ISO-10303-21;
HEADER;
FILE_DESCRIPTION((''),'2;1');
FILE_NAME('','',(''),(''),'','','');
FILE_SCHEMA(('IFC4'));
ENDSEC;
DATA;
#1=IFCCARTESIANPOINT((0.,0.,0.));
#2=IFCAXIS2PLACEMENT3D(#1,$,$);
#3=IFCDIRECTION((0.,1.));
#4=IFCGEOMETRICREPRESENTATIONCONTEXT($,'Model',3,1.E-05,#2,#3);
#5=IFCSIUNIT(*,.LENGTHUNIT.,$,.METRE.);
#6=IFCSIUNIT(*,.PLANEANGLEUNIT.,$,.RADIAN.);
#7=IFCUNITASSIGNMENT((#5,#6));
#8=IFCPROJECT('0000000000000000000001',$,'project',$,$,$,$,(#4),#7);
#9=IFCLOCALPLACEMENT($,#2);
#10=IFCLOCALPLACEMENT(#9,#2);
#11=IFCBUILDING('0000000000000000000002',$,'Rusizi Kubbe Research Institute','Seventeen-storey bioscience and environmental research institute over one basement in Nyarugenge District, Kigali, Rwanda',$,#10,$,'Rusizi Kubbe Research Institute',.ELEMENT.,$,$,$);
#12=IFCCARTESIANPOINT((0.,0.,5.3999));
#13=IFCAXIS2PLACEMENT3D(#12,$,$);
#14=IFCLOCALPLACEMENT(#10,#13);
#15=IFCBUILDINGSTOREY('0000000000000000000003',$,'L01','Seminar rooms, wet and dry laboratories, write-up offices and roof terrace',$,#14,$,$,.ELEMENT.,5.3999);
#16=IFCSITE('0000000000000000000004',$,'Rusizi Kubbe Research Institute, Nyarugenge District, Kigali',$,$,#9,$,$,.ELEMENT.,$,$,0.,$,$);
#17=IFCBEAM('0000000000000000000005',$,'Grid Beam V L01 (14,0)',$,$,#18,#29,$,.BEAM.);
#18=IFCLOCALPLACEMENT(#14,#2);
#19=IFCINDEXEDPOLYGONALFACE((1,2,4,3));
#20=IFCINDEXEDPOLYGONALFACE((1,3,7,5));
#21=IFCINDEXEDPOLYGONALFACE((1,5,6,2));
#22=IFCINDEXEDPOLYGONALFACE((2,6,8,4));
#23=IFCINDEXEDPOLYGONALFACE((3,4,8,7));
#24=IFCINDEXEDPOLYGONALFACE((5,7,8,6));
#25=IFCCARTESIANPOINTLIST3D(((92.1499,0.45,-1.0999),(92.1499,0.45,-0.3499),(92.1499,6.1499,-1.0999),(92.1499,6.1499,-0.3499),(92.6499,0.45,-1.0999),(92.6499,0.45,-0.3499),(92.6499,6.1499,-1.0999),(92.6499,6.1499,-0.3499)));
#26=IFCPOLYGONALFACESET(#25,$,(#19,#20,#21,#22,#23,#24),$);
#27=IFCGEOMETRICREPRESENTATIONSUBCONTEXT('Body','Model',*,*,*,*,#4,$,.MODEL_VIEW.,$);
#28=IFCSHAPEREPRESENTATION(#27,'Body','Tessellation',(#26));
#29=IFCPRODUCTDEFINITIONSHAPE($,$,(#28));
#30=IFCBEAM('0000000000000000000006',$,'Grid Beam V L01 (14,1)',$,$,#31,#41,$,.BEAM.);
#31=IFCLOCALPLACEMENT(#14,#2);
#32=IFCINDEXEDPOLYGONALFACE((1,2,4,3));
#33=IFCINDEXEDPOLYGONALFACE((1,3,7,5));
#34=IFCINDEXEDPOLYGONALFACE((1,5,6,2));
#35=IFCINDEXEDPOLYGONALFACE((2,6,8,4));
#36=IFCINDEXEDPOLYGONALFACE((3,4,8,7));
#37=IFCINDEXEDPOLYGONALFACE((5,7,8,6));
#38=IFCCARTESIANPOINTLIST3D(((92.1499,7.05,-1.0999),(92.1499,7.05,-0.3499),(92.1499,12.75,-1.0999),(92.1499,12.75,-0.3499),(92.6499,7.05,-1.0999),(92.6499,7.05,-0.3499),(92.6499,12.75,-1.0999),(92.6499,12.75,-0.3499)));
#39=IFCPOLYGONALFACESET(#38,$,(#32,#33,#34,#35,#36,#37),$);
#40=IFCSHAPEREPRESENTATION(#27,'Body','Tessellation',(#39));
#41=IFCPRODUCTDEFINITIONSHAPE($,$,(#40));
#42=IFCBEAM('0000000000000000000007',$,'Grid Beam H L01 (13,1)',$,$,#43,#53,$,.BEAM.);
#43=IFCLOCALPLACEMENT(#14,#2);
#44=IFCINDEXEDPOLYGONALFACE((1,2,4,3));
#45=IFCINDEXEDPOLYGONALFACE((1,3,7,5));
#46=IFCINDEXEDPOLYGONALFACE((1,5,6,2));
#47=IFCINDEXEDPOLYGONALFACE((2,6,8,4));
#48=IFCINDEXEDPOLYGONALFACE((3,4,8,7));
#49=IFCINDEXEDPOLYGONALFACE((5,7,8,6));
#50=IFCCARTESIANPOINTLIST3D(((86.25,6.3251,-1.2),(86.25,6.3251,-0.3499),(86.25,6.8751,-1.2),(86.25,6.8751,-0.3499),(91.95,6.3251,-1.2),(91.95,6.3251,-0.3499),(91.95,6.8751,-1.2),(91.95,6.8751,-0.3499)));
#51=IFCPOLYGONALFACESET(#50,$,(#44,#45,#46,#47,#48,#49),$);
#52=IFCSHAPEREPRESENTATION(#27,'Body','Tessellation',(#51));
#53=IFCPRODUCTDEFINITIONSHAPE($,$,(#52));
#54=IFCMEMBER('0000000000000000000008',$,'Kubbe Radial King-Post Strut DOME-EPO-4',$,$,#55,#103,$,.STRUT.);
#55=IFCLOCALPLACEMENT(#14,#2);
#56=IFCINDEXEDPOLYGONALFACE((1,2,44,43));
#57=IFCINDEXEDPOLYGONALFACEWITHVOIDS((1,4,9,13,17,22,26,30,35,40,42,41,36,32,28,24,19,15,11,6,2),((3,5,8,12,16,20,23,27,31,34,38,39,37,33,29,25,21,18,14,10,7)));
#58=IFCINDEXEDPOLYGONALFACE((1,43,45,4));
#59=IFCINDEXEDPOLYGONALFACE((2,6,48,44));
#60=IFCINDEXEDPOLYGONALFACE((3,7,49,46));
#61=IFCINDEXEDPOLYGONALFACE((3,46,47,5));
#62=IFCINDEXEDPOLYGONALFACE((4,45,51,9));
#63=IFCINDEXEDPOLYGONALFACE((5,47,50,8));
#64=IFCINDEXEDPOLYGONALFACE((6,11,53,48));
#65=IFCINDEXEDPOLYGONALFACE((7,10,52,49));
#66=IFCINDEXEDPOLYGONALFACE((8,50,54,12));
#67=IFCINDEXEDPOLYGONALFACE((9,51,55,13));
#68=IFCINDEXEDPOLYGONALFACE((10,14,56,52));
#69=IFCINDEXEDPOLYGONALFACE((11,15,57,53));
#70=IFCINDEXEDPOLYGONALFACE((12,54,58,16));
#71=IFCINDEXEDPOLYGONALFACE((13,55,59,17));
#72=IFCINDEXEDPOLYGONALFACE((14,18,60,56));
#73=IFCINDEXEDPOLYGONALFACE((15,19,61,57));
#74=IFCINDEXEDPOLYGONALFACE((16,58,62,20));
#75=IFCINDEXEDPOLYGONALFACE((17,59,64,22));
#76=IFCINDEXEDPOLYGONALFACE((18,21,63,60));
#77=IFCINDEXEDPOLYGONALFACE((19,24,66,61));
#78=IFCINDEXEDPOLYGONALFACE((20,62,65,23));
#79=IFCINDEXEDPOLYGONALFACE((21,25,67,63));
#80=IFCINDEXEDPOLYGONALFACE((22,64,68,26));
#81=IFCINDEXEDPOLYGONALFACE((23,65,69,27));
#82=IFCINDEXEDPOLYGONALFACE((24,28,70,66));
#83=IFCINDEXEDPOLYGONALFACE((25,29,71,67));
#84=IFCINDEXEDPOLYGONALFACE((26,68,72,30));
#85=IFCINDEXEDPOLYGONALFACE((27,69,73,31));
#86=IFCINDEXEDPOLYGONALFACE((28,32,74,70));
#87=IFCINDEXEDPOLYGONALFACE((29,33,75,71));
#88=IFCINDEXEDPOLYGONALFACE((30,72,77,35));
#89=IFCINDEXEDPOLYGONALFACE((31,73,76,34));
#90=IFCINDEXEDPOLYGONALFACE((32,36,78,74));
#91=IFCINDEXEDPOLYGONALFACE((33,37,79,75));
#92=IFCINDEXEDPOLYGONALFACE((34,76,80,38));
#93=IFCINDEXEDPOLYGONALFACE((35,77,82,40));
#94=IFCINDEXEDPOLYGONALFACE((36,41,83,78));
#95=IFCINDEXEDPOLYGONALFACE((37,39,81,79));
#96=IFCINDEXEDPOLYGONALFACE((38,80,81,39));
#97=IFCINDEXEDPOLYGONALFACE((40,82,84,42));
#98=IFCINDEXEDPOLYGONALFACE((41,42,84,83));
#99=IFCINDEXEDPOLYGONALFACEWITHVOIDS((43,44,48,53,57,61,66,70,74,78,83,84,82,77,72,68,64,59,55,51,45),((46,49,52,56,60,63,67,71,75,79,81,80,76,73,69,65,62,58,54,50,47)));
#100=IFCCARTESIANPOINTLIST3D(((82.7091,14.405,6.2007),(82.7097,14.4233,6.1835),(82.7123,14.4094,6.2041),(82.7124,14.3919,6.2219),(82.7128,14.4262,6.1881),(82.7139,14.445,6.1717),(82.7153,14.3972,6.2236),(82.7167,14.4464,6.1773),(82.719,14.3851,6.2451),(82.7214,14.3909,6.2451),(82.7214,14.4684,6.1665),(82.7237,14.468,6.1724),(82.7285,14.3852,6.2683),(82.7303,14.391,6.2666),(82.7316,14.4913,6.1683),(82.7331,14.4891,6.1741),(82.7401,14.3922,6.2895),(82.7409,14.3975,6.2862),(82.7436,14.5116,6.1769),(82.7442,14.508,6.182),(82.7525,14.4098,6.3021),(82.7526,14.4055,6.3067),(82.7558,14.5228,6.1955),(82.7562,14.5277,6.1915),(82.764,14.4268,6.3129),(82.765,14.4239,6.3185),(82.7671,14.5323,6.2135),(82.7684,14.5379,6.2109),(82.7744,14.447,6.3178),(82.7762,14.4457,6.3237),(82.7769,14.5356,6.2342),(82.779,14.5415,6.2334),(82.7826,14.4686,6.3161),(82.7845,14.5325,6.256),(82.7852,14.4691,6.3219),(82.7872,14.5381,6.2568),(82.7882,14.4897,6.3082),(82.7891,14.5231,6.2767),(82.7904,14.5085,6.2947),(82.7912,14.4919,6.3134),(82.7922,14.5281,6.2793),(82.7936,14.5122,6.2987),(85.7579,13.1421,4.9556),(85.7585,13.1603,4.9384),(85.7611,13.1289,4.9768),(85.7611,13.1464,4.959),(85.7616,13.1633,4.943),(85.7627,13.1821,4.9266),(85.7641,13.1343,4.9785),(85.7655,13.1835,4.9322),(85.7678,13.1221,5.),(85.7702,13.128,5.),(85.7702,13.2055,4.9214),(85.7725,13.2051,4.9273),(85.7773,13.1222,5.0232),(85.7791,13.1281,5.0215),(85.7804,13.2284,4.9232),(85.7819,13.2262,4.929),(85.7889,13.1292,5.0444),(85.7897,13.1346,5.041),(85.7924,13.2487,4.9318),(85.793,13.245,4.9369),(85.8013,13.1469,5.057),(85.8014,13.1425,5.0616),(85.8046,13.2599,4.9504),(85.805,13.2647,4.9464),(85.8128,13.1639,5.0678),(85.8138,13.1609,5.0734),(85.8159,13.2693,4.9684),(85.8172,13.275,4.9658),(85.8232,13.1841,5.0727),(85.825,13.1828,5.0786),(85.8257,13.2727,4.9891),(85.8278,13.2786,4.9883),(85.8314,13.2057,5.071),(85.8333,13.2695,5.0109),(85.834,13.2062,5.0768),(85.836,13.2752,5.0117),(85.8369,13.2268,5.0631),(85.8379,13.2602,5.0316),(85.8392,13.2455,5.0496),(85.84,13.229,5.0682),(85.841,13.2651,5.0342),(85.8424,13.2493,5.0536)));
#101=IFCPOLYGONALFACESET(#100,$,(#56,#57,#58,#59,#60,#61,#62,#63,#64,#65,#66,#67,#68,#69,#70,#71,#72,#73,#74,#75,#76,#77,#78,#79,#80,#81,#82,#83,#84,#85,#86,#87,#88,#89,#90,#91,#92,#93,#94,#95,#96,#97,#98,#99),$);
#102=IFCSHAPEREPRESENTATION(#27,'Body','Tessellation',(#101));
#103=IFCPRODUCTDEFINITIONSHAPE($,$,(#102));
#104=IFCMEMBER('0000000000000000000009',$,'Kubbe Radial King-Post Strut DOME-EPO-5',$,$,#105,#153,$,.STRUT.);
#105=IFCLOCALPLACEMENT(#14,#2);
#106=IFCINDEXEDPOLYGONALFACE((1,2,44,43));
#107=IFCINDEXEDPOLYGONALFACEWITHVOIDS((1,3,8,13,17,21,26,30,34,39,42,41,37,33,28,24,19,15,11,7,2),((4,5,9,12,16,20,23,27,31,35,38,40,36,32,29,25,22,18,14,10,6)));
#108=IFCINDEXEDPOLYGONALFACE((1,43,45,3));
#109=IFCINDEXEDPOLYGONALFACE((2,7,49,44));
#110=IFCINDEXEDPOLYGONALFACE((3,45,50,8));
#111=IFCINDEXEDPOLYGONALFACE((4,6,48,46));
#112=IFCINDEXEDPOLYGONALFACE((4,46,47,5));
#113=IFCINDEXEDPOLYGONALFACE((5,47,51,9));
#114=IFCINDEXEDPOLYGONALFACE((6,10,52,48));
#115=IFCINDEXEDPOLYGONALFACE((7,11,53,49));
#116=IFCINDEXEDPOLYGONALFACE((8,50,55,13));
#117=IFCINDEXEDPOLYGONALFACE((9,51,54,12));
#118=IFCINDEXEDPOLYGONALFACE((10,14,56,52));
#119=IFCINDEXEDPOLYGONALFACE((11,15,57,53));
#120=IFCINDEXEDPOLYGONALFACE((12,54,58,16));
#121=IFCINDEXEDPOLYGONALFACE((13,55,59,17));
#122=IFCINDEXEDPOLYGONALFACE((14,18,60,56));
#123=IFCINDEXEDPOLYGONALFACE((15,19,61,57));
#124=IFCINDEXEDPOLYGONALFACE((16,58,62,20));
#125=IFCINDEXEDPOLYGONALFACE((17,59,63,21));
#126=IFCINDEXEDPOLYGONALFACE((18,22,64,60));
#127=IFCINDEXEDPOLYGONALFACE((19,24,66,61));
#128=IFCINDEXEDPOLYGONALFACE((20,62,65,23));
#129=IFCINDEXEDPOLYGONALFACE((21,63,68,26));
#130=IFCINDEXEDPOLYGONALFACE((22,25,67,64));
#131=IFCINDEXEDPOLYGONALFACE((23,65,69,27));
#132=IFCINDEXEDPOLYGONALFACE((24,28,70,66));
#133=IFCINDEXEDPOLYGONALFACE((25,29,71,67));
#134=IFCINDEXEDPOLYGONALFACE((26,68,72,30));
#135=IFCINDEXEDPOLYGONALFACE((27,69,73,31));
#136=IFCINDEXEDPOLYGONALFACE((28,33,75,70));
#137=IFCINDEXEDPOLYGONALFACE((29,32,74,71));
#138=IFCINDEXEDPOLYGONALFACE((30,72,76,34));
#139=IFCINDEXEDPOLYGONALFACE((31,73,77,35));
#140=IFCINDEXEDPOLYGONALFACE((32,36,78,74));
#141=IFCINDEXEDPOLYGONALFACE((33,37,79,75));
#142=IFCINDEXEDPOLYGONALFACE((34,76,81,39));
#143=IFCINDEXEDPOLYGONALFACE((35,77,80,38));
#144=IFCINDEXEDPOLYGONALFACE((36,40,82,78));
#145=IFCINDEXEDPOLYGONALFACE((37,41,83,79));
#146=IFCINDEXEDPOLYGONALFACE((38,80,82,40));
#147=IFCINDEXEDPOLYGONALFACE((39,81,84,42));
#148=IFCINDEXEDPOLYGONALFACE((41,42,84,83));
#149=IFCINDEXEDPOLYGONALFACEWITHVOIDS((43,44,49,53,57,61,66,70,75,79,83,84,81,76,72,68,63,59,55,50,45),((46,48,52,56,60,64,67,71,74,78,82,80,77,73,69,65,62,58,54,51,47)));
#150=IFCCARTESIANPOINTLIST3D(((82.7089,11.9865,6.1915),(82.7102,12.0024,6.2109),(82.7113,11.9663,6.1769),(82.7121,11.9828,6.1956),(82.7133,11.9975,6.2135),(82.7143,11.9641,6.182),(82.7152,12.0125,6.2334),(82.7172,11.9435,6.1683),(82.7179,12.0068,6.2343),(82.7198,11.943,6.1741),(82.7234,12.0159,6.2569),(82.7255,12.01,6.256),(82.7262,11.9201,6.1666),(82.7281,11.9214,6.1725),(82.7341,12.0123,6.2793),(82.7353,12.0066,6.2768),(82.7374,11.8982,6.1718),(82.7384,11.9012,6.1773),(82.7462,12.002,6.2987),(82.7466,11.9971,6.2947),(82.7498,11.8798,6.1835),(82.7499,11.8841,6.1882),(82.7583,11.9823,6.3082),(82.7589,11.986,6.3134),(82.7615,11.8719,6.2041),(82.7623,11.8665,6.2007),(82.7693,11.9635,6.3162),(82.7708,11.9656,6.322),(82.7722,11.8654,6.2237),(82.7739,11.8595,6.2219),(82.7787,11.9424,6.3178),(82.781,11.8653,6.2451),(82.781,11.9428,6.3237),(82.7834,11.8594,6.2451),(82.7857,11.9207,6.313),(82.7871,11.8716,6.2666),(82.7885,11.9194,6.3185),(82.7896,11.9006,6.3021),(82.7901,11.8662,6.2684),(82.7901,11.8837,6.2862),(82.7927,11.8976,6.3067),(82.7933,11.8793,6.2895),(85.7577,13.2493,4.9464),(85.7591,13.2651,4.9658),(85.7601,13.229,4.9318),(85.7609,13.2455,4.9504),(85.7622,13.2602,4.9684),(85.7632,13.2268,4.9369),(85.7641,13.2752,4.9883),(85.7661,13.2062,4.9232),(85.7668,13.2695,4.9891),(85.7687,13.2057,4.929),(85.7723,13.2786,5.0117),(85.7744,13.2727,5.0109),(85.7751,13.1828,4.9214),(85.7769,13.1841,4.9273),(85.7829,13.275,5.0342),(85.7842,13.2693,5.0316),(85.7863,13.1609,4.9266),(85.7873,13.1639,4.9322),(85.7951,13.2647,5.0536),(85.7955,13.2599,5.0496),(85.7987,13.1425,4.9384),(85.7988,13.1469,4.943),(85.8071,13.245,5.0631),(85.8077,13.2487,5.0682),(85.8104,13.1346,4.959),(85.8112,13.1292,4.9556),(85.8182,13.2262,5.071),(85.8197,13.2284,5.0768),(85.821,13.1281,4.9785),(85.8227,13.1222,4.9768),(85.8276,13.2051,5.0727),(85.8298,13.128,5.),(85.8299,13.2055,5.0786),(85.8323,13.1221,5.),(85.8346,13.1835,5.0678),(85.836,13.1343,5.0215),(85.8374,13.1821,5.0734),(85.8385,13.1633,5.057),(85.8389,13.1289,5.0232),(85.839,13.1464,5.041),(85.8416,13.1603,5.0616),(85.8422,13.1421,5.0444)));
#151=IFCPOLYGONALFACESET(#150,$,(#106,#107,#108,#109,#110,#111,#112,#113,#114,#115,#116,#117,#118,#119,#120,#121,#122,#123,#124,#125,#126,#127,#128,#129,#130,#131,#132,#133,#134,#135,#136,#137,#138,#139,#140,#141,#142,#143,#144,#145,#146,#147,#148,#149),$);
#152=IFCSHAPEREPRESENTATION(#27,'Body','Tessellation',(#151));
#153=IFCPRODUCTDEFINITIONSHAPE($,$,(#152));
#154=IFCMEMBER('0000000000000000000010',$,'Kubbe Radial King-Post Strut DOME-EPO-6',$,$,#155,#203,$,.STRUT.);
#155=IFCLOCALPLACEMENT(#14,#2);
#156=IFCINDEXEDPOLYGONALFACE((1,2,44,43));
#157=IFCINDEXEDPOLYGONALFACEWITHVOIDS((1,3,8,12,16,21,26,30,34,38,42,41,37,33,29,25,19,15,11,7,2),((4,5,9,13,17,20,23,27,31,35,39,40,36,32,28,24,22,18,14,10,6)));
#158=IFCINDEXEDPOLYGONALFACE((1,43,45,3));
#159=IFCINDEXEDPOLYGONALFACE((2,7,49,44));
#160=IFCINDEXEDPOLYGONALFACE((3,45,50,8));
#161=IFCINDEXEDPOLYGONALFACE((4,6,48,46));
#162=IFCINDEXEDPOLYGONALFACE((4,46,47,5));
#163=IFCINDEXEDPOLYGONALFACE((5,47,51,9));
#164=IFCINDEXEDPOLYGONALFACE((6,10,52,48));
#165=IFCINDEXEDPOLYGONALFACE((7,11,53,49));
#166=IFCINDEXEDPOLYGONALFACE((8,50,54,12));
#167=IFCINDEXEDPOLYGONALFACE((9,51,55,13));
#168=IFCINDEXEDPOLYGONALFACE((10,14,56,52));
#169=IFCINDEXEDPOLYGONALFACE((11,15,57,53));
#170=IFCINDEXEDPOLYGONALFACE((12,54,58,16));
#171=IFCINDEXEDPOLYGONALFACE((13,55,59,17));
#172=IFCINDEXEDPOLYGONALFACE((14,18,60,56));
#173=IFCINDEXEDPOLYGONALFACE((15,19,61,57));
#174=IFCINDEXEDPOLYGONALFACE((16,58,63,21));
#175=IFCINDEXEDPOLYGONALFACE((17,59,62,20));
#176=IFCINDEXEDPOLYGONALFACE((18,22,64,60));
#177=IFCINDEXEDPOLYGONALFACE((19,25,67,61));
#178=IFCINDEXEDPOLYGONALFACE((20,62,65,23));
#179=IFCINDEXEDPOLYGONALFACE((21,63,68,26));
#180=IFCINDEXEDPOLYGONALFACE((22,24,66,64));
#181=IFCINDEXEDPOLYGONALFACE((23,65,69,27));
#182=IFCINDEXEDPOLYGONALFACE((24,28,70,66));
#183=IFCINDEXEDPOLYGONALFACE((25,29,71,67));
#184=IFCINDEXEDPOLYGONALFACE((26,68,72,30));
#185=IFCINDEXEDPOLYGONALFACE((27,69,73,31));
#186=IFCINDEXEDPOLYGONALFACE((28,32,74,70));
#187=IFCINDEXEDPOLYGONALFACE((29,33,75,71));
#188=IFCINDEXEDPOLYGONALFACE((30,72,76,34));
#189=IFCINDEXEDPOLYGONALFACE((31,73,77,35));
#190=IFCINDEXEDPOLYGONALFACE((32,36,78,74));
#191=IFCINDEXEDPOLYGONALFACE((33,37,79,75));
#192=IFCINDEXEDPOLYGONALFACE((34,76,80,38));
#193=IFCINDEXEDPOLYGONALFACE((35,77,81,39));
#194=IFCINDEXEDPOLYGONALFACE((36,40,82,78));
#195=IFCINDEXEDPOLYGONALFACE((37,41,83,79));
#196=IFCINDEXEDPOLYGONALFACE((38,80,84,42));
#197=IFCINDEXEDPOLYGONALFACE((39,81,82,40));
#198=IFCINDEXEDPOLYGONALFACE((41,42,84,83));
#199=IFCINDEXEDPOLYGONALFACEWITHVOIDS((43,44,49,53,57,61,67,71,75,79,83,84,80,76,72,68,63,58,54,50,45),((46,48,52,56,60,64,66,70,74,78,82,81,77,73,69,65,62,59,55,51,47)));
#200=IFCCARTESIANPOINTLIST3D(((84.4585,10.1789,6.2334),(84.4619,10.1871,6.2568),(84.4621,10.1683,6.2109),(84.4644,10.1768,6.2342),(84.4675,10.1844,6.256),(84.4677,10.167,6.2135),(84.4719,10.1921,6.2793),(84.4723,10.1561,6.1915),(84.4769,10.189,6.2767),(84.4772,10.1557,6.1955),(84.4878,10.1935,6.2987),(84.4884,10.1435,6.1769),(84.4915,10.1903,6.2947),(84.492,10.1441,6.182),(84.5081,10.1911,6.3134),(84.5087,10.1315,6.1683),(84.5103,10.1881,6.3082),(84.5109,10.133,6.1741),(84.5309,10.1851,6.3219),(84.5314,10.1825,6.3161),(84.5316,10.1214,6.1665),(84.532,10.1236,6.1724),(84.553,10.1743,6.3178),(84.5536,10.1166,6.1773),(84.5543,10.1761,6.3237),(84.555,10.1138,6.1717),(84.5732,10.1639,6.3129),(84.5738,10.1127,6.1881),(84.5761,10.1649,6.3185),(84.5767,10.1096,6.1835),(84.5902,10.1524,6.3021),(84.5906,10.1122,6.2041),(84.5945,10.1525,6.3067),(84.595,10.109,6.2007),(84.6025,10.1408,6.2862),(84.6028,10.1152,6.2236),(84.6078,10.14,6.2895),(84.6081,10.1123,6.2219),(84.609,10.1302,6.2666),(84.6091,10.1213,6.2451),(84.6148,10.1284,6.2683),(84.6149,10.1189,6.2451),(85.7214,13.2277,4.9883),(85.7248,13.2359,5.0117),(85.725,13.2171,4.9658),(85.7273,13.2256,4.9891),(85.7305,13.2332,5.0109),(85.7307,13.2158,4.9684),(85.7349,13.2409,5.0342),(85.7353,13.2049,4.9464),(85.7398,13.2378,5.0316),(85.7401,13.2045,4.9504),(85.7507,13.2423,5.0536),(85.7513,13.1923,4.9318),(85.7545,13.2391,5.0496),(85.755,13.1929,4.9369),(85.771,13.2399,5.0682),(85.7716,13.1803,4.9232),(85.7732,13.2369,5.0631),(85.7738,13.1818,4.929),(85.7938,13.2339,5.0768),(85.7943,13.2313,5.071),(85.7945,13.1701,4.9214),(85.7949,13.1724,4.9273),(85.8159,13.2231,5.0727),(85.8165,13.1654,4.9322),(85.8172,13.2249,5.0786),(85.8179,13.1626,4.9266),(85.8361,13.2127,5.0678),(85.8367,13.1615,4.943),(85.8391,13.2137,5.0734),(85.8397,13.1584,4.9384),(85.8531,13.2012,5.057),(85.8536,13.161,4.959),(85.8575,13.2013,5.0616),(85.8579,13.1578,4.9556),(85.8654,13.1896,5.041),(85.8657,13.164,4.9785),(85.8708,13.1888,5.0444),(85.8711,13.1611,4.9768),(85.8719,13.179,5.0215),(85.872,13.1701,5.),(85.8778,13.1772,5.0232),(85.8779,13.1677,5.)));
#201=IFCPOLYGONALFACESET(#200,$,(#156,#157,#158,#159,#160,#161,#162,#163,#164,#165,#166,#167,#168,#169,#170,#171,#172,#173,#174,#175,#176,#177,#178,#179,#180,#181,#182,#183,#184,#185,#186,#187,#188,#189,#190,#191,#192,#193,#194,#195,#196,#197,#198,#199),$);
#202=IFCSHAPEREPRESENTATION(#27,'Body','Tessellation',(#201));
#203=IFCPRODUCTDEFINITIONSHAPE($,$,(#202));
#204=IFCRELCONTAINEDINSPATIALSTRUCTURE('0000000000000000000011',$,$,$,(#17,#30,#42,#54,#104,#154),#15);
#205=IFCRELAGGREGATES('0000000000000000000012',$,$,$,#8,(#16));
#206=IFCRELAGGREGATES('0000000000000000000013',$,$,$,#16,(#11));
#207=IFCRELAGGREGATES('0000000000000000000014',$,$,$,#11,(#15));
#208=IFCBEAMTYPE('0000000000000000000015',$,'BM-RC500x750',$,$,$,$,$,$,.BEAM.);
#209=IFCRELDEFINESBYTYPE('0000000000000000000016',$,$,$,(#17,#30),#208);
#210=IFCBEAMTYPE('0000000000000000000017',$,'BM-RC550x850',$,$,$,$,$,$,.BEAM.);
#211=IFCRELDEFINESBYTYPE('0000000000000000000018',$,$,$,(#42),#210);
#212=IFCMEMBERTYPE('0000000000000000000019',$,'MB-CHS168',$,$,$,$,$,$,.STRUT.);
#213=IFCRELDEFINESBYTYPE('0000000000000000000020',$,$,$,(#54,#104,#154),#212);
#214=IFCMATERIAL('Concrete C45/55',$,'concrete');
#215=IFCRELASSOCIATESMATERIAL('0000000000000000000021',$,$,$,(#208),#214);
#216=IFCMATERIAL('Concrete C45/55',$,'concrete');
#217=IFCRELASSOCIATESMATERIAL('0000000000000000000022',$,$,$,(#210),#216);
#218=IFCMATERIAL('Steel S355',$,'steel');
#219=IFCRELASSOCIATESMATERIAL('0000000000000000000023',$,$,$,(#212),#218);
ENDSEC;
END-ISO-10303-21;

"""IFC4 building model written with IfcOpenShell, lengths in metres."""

from ifc_helpers import new_model, si_unit, direction, frame, origin, origin_2d, place, context, subcontext, project, spatial, rectangle, hollow_circle, extrude, material, material_profile, profile_set, type_object, element, save


model = new_model("IFC4")

# Units and contexts
model_context = context("Model", 3, precision=1e-05, world=origin(), true_north=direction((0.0, 1.0)))
body_context = subcontext(model_context, "Body", "Model", "MODEL_VIEW")
ifc_project = project(units=[si_unit("LENGTHUNIT", "METRE"), si_unit("PLANEANGLEUNIT", "RADIAN")], contexts=[model_context])

# Site, building, storey
site_placement = place(None, origin())
site = spatial("IfcSite", under=ifc_project, at=site_placement, Name="Rusizi Kubbe Research Institute, Nyarugenge District, Kigali", CompositionType="ELEMENT", RefElevation=0.0)
building_placement = place(site_placement, origin())
building = spatial("IfcBuilding", under=site, at=building_placement, Name="Rusizi Kubbe Research Institute", Description="Seventeen-storey bioscience and environmental research institute over one basement in Nyarugenge District, Kigali, Rwanda", LongName="Rusizi Kubbe Research Institute", CompositionType="ELEMENT")
storey_placement = place(building_placement, frame((0.0, 0.0, 5.3999)))
storey = spatial("IfcBuildingStorey", under=building, at=storey_placement, Name="L01", Description="Seminar rooms, wet and dry laboratories, write-up offices and roof terrace", CompositionType="ELEMENT", Elevation=5.3999)

# Beams
ifc_material_1 = material(Name="Concrete C45/55", Category="concrete")
ifc_material_profile_1 = material_profile(ifc_material_1, rectangle(XDim=0.5, YDim=0.75, at=origin_2d()), Name="RC500x750B")
ifc_profile_set_1 = profile_set([ifc_material_profile_1], Name="Concrete C45/55")
beam_type_1 = type_object("IfcBeamType", Name="BM-RC500x750", PredefinedType="BEAM", material=ifc_profile_set_1)
for number, where, z_axis, x_axis, name in (
    (1, (92.3999, 0.45, -0.7249), (0.0, 1.0, 0.0), (-1.0, 0.0, 0.0), "Grid Beam V L01 (14,0)"),
    (2, (92.3999, 7.05, -0.7249), (0.0, 1.0, 0.0), (-1.0, 0.0, 0.0), "Grid Beam V L01 (14,1)"),
):
    element("IfcBeam", number, at=place(storey_placement, frame(where, z_axis=z_axis, x_axis=x_axis)), inside=storey, type_object=beam_type_1, Name=name, PredefinedType="BEAM", context=body_context, shape_type="SweptSolid", body=[
        extrude(rectangle(XDim=0.5, YDim=0.75, at=origin_2d()), origin(), (0.0, 0.0, 1.0), 5.7),
    ])
ifc_material_2 = material(Name="Concrete C45/55", Category="concrete")
ifc_material_profile_2 = material_profile(ifc_material_2, rectangle(XDim=0.55, YDim=0.8501, at=origin_2d()), Name="RC550x850")
ifc_profile_set_2 = profile_set([ifc_material_profile_2], Name="Concrete C45/55")
beam_type_2 = type_object("IfcBeamType", Name="BM-RC550x850", PredefinedType="BEAM", material=ifc_profile_set_2)
beam_1_placement = place(storey_placement, frame((86.25, 6.6001, -0.7749), z_axis=(1.0, 0.0, 0.0), x_axis=(0.0, 1.0, 0.0)))
element("IfcBeam", 3, at=beam_1_placement, inside=storey, type_object=beam_type_2, Name="Grid Beam H L01 (13,1)", PredefinedType="BEAM", context=body_context, shape_type="SweptSolid", body=[
    extrude(rectangle(XDim=0.55, YDim=0.8501, at=origin_2d()), origin(), (0.0, 0.0, 1.0), 5.7),
])

# Members
ifc_material_3 = material(Name="Steel S355", Category="steel")
ifc_material_profile_3 = material_profile(ifc_material_3, hollow_circle(Radius=0.0842, WallThickness=0.0063, at=origin_2d()), Name="CHS 168.3x6.3")
ifc_profile_set_3 = profile_set([ifc_material_profile_3], Name="Steel S355")
member_type_1 = type_object("IfcMemberType", Name="MB-CHS168", PredefinedType="STRUT", material=ifc_profile_set_3)
for number, where, z_axis, x_axis, name in (
    (4, (85.8, 13.2, 5.0), (-0.864392, 0.358064, 0.353011), (-0.382702, -0.923872, 0.0), "Kubbe Radial King-Post Strut DOME-EPO-4"),
    (5, (85.8, 13.2, 5.0), (-0.864414, -0.358003, 0.35302), (0.382639, -0.923898, 0.0), "Kubbe Radial King-Post Strut DOME-EPO-5"),
    (6, (85.8, 13.2, 5.0), (-0.358064, -0.864392, 0.353011), (0.923872, -0.382702, 0.0), "Kubbe Radial King-Post Strut DOME-EPO-6"),
):
    element("IfcMember", number, at=place(storey_placement, frame(where, z_axis=z_axis, x_axis=x_axis)), inside=storey, type_object=member_type_1, Name=name, PredefinedType="STRUT", context=body_context, shape_type="SweptSolid", body=[
        extrude(hollow_circle(Radius=0.0842, WallThickness=0.0063, at=origin_2d()), origin(), (0.0, 0.0, 1.0), 3.5271),
    ])

save(model, "model.ifc")
